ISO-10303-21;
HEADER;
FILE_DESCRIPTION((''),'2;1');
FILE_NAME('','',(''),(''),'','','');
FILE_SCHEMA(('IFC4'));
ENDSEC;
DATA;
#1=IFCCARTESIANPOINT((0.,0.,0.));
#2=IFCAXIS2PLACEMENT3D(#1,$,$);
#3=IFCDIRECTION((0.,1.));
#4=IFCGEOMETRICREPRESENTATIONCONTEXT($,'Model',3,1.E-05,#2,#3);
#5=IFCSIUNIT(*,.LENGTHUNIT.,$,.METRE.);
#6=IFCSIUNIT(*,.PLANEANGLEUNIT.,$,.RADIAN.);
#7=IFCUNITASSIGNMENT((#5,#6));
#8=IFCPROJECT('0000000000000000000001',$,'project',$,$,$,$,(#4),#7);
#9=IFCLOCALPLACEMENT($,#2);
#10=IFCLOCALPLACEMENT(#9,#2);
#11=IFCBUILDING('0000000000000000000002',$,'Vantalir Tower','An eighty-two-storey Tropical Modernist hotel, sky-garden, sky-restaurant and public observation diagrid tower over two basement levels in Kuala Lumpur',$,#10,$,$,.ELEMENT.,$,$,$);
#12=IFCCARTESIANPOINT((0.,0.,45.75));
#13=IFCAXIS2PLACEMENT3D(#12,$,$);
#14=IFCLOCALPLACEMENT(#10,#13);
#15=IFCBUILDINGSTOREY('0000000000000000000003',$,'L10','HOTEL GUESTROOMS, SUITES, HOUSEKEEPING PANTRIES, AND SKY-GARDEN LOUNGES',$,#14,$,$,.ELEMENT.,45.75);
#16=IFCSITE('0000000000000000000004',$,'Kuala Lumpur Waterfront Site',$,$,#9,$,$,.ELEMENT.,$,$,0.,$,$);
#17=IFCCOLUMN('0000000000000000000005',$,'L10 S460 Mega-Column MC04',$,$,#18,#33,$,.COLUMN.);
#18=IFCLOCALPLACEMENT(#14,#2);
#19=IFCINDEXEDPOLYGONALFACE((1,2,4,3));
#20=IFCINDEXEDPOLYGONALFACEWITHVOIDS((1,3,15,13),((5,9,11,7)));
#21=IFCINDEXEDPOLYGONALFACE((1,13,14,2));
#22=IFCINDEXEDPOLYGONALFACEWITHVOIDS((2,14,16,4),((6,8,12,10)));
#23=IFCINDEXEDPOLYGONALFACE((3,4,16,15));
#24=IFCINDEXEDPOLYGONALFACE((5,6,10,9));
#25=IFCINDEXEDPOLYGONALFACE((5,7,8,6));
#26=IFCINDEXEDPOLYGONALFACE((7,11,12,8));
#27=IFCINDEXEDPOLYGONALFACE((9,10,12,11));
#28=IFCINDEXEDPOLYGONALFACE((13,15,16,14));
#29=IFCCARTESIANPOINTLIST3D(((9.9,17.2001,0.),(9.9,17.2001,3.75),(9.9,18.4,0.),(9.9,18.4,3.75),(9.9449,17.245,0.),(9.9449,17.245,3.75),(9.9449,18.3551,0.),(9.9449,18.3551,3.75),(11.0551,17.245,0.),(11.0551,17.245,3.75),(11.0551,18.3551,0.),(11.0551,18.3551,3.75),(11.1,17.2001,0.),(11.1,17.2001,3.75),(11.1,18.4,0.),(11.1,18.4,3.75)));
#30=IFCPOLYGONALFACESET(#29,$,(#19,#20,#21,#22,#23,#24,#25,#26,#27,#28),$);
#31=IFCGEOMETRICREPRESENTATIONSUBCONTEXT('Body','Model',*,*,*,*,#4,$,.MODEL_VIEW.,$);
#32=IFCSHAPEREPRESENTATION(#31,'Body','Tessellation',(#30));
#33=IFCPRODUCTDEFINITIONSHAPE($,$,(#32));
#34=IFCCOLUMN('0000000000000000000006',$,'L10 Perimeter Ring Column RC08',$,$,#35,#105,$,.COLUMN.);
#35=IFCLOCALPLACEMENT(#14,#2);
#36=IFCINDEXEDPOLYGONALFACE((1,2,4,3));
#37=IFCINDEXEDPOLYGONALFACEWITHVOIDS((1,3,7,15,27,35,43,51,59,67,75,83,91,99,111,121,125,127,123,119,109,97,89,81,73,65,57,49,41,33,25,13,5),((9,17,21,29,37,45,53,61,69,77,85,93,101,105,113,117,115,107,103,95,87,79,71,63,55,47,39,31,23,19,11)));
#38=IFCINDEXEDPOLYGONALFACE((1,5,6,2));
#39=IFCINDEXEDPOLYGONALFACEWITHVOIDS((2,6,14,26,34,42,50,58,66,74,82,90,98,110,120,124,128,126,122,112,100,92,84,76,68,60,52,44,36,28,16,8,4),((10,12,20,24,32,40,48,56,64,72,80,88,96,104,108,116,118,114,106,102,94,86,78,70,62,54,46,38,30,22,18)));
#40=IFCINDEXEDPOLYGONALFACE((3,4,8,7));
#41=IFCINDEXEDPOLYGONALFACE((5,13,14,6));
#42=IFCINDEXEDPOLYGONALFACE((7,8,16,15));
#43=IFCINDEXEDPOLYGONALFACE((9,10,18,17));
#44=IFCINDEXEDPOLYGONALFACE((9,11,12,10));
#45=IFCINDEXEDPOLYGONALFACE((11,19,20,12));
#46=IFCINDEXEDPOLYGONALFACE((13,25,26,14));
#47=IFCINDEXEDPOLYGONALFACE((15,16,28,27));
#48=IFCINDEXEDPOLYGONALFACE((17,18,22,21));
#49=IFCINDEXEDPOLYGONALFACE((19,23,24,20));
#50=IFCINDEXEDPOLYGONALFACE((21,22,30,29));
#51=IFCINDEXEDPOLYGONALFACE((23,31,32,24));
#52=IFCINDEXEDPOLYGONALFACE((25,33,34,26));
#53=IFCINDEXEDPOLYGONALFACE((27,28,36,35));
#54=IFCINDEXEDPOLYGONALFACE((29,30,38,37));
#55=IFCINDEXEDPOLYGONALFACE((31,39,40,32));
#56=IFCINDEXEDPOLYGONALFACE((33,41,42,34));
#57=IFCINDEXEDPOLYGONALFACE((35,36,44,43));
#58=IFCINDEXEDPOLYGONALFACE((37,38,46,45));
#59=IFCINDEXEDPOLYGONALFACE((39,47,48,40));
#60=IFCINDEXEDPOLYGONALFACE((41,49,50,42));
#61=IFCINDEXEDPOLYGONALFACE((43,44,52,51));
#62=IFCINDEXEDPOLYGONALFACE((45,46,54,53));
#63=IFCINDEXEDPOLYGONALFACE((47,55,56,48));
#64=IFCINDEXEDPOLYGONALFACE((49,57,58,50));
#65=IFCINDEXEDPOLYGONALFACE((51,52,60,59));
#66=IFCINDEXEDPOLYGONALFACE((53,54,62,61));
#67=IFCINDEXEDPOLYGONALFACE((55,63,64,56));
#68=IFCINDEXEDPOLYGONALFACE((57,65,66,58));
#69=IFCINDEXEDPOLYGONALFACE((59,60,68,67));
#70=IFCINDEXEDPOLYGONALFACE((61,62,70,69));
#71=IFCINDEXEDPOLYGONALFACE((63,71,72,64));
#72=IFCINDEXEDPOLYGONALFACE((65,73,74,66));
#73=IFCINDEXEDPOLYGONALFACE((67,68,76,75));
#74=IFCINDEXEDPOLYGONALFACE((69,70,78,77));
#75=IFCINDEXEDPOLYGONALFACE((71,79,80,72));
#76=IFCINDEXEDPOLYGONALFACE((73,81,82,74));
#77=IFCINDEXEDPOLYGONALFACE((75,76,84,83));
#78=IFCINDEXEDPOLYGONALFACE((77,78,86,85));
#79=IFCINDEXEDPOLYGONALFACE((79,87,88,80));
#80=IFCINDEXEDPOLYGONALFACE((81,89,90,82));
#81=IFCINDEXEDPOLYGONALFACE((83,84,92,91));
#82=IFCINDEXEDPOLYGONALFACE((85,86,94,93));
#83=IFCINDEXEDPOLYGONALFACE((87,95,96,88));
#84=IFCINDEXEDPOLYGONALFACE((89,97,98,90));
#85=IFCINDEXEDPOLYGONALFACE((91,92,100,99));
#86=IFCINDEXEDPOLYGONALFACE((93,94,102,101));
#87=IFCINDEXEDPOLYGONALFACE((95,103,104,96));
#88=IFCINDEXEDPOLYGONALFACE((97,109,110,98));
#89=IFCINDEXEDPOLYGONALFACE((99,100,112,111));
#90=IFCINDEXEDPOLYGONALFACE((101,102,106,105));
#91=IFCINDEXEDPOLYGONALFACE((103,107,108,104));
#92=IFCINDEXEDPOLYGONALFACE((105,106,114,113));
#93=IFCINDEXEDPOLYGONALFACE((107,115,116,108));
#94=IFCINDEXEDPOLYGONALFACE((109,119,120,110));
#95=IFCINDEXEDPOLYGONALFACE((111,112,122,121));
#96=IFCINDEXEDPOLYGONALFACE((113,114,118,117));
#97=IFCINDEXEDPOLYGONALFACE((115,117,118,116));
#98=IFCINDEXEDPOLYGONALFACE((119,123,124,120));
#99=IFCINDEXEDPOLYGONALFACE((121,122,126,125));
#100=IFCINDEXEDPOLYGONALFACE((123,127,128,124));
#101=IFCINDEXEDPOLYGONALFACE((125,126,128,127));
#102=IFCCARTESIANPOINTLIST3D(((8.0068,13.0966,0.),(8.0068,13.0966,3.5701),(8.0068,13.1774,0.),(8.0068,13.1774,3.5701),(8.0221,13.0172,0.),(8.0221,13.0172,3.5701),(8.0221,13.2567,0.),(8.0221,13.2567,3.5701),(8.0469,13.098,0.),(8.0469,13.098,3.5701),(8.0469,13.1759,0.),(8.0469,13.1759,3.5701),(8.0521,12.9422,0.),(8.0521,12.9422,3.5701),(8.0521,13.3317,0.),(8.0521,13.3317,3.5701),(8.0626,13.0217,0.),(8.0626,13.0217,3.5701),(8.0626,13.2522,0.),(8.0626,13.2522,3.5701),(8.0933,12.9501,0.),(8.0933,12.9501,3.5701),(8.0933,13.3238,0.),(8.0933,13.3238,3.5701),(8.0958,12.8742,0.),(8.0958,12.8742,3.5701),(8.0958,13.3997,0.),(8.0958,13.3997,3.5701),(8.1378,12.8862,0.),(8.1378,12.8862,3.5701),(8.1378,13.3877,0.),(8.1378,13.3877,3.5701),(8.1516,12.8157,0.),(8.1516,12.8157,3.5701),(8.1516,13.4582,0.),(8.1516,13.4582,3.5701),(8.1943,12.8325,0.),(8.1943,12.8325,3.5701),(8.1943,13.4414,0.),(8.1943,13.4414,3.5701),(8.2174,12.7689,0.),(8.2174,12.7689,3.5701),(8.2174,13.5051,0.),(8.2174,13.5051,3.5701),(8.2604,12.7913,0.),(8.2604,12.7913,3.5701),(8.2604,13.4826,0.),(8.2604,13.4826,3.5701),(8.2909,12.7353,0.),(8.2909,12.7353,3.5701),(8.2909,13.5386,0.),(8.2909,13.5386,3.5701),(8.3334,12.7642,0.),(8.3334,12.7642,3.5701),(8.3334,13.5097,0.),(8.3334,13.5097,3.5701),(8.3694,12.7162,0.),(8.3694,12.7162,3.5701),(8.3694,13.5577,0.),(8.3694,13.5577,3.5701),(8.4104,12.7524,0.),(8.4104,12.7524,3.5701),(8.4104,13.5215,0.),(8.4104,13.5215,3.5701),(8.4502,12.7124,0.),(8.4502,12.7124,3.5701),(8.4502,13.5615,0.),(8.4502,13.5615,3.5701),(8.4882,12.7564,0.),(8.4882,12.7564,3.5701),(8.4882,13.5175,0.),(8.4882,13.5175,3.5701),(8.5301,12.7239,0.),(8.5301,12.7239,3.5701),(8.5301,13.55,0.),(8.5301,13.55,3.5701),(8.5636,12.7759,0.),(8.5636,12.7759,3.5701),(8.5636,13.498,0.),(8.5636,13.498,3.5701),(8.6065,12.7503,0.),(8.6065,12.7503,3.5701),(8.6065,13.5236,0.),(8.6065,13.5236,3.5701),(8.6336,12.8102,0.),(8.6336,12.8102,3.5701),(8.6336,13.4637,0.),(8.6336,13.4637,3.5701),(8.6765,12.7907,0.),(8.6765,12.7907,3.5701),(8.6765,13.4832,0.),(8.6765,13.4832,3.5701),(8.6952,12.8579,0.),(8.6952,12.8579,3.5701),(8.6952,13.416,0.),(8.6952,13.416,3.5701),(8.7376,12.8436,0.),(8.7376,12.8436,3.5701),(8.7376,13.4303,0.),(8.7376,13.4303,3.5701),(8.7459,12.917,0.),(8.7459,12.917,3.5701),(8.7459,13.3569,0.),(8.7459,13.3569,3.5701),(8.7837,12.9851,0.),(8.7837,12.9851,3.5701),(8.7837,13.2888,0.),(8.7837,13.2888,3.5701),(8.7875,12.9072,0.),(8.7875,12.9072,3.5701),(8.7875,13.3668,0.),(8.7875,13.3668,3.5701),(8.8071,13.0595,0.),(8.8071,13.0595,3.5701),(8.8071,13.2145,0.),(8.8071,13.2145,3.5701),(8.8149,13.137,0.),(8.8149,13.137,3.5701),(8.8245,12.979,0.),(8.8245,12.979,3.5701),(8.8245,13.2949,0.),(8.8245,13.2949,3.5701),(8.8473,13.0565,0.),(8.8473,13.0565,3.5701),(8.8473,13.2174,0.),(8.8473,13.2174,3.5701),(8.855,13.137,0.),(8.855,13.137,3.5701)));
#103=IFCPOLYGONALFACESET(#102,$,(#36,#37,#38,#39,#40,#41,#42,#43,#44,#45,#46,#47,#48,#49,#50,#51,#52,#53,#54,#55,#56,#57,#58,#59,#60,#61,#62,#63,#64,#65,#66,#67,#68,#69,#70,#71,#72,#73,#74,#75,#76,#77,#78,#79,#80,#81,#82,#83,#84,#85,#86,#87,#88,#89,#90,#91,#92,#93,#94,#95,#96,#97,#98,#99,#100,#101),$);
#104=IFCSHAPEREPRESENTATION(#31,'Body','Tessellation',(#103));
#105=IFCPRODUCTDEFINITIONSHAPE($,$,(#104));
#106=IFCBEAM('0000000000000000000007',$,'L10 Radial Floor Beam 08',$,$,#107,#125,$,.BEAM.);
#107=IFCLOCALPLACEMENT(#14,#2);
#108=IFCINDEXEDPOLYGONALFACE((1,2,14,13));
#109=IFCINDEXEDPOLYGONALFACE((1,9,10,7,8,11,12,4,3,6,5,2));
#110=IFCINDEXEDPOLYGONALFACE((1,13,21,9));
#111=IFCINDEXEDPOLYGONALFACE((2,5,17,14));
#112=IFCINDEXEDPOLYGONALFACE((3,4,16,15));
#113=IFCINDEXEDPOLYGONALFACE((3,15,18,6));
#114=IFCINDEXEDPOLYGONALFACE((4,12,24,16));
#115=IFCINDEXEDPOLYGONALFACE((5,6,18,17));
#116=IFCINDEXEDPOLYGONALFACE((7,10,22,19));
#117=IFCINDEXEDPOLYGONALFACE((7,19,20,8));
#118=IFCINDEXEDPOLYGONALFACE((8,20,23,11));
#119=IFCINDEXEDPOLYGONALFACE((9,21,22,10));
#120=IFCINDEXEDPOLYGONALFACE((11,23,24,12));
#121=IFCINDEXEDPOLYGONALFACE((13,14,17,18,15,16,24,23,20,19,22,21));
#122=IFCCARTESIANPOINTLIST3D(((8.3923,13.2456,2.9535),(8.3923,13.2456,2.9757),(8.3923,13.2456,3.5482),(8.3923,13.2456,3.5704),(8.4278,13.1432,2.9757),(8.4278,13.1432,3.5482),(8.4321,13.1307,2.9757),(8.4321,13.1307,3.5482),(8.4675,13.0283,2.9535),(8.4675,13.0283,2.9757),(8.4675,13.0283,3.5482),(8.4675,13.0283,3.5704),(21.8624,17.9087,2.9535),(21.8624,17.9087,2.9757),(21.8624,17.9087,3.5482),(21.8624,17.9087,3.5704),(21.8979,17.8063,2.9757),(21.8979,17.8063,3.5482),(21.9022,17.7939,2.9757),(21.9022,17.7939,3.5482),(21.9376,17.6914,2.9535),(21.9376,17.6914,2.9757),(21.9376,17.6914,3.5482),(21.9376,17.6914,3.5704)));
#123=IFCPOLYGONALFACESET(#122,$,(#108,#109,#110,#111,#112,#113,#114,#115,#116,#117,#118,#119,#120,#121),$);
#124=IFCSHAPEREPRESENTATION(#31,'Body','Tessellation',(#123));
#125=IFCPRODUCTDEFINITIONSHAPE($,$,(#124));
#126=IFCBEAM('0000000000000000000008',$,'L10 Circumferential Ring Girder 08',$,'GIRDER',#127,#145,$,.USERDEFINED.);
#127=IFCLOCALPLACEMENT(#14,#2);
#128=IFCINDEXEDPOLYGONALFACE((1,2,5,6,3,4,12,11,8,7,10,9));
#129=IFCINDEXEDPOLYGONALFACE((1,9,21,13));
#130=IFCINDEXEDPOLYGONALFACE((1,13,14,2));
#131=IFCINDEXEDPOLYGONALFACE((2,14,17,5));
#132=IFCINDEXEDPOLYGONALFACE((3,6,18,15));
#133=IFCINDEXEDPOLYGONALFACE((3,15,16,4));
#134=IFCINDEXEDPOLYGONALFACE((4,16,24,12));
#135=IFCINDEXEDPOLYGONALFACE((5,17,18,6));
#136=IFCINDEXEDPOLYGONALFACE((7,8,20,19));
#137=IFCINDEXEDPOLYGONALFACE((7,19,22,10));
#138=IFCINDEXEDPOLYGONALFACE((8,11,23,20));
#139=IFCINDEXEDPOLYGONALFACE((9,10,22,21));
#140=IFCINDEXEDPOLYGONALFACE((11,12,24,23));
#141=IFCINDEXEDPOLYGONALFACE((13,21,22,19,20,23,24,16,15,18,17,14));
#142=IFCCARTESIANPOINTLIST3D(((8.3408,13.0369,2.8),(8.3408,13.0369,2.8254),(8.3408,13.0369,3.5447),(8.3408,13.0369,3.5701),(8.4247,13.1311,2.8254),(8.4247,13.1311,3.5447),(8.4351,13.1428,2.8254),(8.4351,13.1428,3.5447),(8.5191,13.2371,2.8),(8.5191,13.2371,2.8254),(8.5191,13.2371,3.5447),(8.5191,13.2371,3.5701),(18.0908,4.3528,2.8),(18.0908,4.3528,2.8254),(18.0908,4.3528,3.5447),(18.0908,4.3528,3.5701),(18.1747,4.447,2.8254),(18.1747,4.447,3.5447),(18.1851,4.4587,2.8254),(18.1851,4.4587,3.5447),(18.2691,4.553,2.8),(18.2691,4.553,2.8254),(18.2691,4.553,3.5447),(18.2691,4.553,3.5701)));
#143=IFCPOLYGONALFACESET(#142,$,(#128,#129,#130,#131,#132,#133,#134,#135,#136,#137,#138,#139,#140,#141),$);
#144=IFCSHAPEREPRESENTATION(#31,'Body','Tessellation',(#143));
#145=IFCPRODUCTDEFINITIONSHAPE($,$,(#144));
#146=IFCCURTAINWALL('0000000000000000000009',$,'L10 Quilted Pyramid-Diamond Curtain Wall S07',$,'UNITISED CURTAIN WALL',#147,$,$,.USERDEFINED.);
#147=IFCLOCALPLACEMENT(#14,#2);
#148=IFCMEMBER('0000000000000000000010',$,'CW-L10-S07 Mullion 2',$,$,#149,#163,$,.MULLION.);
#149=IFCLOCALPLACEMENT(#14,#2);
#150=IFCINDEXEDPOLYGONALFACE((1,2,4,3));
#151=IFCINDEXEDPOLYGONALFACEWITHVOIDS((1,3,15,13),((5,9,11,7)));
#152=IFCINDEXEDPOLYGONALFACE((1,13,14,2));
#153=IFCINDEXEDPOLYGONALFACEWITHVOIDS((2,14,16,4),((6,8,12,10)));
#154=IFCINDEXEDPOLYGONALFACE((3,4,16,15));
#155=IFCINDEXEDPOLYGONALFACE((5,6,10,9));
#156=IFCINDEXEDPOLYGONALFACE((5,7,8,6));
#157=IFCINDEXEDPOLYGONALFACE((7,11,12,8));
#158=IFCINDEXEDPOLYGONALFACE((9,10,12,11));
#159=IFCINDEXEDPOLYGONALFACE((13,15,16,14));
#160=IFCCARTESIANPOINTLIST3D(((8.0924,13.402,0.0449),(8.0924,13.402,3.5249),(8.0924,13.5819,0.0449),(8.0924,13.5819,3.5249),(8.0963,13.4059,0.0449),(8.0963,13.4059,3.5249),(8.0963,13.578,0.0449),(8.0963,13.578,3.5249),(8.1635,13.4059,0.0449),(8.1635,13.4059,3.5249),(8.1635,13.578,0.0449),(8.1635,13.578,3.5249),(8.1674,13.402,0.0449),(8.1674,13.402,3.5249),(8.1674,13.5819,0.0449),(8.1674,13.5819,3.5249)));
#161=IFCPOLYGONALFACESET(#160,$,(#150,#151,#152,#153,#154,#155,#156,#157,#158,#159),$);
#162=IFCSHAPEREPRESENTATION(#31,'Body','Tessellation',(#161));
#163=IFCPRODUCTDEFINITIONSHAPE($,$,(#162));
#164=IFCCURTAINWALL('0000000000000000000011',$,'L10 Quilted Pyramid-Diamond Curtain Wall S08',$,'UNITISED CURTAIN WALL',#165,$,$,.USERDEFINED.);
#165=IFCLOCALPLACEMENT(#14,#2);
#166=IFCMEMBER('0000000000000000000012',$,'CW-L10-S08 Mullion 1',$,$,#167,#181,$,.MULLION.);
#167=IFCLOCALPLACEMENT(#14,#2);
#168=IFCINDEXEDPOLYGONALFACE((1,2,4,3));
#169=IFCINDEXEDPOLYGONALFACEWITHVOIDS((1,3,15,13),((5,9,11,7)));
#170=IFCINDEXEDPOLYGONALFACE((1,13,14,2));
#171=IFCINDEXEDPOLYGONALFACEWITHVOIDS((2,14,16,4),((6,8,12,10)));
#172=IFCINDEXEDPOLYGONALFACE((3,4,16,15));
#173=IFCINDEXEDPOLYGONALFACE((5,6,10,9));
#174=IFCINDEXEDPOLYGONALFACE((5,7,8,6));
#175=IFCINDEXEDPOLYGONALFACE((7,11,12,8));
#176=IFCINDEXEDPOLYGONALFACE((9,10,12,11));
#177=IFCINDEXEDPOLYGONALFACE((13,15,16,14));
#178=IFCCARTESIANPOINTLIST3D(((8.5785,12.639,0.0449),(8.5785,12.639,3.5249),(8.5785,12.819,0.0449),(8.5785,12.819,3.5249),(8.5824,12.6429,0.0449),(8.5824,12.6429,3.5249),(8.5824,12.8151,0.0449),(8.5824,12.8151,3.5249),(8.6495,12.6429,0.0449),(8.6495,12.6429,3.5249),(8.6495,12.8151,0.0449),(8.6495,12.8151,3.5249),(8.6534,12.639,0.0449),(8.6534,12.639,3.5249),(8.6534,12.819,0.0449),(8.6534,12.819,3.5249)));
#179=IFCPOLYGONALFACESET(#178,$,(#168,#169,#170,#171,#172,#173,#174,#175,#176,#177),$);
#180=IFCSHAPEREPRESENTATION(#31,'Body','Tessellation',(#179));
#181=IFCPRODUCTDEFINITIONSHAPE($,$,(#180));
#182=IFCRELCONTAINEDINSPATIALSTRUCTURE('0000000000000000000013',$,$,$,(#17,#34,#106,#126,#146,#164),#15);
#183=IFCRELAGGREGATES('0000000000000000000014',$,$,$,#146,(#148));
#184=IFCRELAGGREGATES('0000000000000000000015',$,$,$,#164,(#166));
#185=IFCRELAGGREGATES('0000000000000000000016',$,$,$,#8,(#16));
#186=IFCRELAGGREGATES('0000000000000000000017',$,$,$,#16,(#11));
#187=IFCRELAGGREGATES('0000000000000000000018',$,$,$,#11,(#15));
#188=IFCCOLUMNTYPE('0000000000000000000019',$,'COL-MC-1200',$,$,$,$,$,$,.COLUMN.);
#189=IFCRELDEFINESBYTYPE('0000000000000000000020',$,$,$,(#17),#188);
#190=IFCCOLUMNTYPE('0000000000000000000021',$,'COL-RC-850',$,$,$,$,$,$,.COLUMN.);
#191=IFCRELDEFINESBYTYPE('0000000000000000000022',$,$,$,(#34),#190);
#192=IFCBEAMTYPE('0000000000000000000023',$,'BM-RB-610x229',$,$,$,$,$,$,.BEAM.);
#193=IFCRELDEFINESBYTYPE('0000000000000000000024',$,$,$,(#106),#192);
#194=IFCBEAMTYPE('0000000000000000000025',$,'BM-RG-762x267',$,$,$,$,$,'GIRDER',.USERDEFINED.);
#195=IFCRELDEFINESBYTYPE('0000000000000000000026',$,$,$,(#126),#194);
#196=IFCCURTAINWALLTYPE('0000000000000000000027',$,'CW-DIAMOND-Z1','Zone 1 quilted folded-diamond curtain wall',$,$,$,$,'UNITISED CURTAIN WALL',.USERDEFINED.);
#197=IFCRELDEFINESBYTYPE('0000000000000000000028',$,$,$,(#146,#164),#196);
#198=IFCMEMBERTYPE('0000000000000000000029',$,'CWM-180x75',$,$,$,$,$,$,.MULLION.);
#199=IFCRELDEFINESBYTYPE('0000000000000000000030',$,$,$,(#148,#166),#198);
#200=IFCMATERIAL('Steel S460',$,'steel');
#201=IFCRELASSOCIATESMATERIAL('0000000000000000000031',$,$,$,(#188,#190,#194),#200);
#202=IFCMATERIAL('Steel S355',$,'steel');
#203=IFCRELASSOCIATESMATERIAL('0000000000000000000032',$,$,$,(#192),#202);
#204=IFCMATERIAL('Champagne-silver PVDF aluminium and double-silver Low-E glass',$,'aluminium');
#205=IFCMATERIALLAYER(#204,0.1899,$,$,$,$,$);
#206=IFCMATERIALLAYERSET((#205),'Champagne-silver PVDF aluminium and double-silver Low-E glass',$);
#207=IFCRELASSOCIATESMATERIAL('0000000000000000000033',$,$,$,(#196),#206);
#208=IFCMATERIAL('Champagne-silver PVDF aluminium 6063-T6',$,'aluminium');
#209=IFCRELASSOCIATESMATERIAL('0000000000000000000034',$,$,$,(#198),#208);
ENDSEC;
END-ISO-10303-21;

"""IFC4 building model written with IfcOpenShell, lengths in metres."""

from ifc_helpers import new_model, si_unit, direction, frame, origin, origin_2d, place, context, subcontext, project, spatial, hollow_rectangle, hollow_circle, i_section, extrude, material, layer, layer_set, material_profile, profile_set, type_object, element, aggregate, save


model = new_model("IFC4")

# Units and contexts
model_context = context("Model", 3, precision=1e-05, world=origin(), true_north=direction((0.0, 1.0)))
body_context = subcontext(model_context, "Body", "Model", "MODEL_VIEW")
ifc_project = project(units=[si_unit("LENGTHUNIT", "METRE"), si_unit("PLANEANGLEUNIT", "RADIAN")], contexts=[model_context])

# Site, building, storey
site_placement = place(None, origin())
site = spatial("IfcSite", under=ifc_project, at=site_placement, Name="Kuala Lumpur Waterfront Site", CompositionType="ELEMENT", RefElevation=0.0)
building_placement = place(site_placement, origin())
building = spatial("IfcBuilding", under=site, at=building_placement, Name="Vantalir Tower", Description="An eighty-two-storey Tropical Modernist hotel, sky-garden, sky-restaurant and public observation diagrid tower over two basement levels in Kuala Lumpur", CompositionType="ELEMENT")
storey_placement = place(building_placement, frame((0.0, 0.0, 45.75)))
storey = spatial("IfcBuildingStorey", under=building, at=storey_placement, Name="L10", Description="HOTEL GUESTROOMS, SUITES, HOUSEKEEPING PANTRIES, AND SKY-GARDEN LOUNGES", CompositionType="ELEMENT", Elevation=45.75)

# Columns
ifc_material_1 = material(Name="Steel S460", Category="steel")
ifc_material_profile_1 = material_profile(ifc_material_1, hollow_rectangle(XDim=1.2, YDim=1.2, WallThickness=0.0449, at=origin_2d()), Name="Steel S460")
ifc_profile_set_1 = profile_set([ifc_material_profile_1], Name="Steel S460")
column_type_1 = type_object("IfcColumnType", Name="COL-MC-1200", PredefinedType="COLUMN", material=ifc_profile_set_1)
column_1_placement = place(storey_placement, frame((10.5, 17.8, 0.0), z_axis=(0.0, 0.0, 1.0), x_axis=(1.0, 0.0, 0.0)))
element("IfcColumn", 1, at=column_1_placement, inside=storey, type_object=column_type_1, Name="L10 S460 Mega-Column MC04", PredefinedType="COLUMN", context=body_context, shape_type="SweptSolid", body=[
    extrude(hollow_rectangle(XDim=1.2, YDim=1.2, WallThickness=0.0449, at=origin_2d()), origin(), (0.0, 0.0, 1.0), 3.75),
])
ifc_material_profile_2 = material_profile(ifc_material_1, hollow_circle(Radius=0.425, WallThickness=0.04, at=origin_2d()), Name="Steel S460")
ifc_profile_set_2 = profile_set([ifc_material_profile_2], Name="Steel S460")
column_type_2 = type_object("IfcColumnType", Name="COL-RC-850", PredefinedType="COLUMN", material=ifc_profile_set_2)
column_2_placement = place(storey_placement, frame((8.4299, 13.137, 0.0), z_axis=(0.0, 0.0, 1.0), x_axis=(1.0, 0.0, 0.0)))
element("IfcColumn", 2, at=column_2_placement, inside=storey, type_object=column_type_2, Name="L10 Perimeter Ring Column RC08", PredefinedType="COLUMN", context=body_context, shape_type="SweptSolid", body=[
    extrude(hollow_circle(Radius=0.425, WallThickness=0.04, at=origin_2d()), origin(), (0.0, 0.0, 1.0), 3.5701),
])

# Beams
ifc_material_2 = material(Name="Steel S355", Category="steel")
ifc_material_profile_3 = material_profile(ifc_material_2, i_section(OverallWidth=0.23, OverallDepth=0.6169, WebThickness=0.0132, FlangeThickness=0.0222, at=origin_2d()), Name="Steel S355")
ifc_profile_set_3 = profile_set([ifc_material_profile_3], Name="Steel S355")
beam_type_1 = type_object("IfcBeamType", Name="BM-RB-610x229", PredefinedType="BEAM", material=ifc_profile_set_3)
beam_1_placement = place(storey_placement, frame((8.4299, 13.137, 3.262), z_axis=(0.944977, 0.327136, 0.0), x_axis=(-0.327136, 0.944977, 0.0)))
element("IfcBeam", 3, at=beam_1_placement, inside=storey, type_object=beam_type_1, Name="L10 Radial Floor Beam 08", PredefinedType="BEAM", context=body_context, shape_type="SweptSolid", body=[
    extrude(i_section(OverallWidth=0.23, OverallDepth=0.6169, WebThickness=0.0132, FlangeThickness=0.0222, at=origin_2d()), origin(), (0.0, 0.0, 1.0), 14.2544),
])
ifc_material_profile_4 = material_profile(ifc_material_1, i_section(OverallWidth=0.2681, OverallDepth=0.77, WebThickness=0.0156, FlangeThickness=0.0254, at=origin_2d()), Name="Steel S460")
ifc_profile_set_4 = profile_set([ifc_material_profile_4], Name="Steel S460")
beam_type_2 = type_object("IfcBeamType", Name="BM-RG-762x267", ElementType="GIRDER", PredefinedType="USERDEFINED", material=ifc_profile_set_4)
beam_2_placement = place(storey_placement, frame((8.4299, 13.137, 3.1851), z_axis=(0.746747, -0.665109, 0.0), x_axis=(0.665109, 0.746747, 0.0)))
element("IfcBeam", 4, at=beam_2_placement, inside=storey, type_object=beam_type_2, Name="L10 Circumferential Ring Girder 08", ObjectType="GIRDER", PredefinedType="USERDEFINED", context=body_context, shape_type="SweptSolid", body=[
    extrude(i_section(OverallWidth=0.2681, OverallDepth=0.77, WebThickness=0.0156, FlangeThickness=0.0254, at=origin_2d()), origin(), (0.0, 0.0, 1.0), 13.0566),
])

# Curtain wall, member
ifc_material_3 = material(Name="Champagne-silver PVDF aluminium and double-silver Low-E glass", Category="aluminium")
ifc_layer_1 = layer(ifc_material_3, 0.1899)
ifc_layer_set_1 = layer_set([ifc_layer_1], Name="Champagne-silver PVDF aluminium and double-silver Low-E glass")
curtain_wall_type = type_object("IfcCurtainWallType", Name="CW-DIAMOND-Z1", Description="Zone 1 quilted folded-diamond curtain wall", ElementType="UNITISED CURTAIN WALL", PredefinedType="USERDEFINED", material=ifc_layer_set_1)
curtain_wall_1_placement = place(storey_placement, origin())
curtain_wall_1 = element("IfcCurtainWall", 5, at=curtain_wall_1_placement, inside=storey, type_object=curtain_wall_type, Name="L10 Quilted Pyramid-Diamond Curtain Wall S07", ObjectType="UNITISED CURTAIN WALL", PredefinedType="USERDEFINED")
ifc_material_4 = material(Name="Champagne-silver PVDF aluminium 6063-T6", Category="aluminium")
ifc_material_profile_5 = material_profile(ifc_material_4, hollow_rectangle(XDim=0.075, YDim=0.1799, WallThickness=0.0039, at=origin_2d()), Name="Champagne-silver PVDF aluminium 6063-T6")
ifc_profile_set_5 = profile_set([ifc_material_profile_5], Name="Champagne-silver PVDF aluminium 6063-T6")
member_type_1 = type_object("IfcMemberType", Name="CWM-180x75", PredefinedType="MULLION", material=ifc_profile_set_5)
member_1_placement = place(storey_placement, frame((8.1299, 13.4919, 0.0449), z_axis=(0.0, 0.0, 1.0), x_axis=(1.0, 0.0, 0.0)))
member_1 = element("IfcMember", 6, at=member_1_placement, type_object=member_type_1, Name="CW-L10-S07 Mullion 2", PredefinedType="MULLION", context=body_context, shape_type="SweptSolid", body=[
    extrude(hollow_rectangle(XDim=0.075, YDim=0.1799, WallThickness=0.0039, at=origin_2d()), origin(), (0.0, 0.0, 1.0), 3.48),
])

# Curtain wall, member
curtain_wall_2_placement = place(storey_placement, origin())
curtain_wall_2 = element("IfcCurtainWall", 7, at=curtain_wall_2_placement, inside=storey, type_object=curtain_wall_type, Name="L10 Quilted Pyramid-Diamond Curtain Wall S08", ObjectType="UNITISED CURTAIN WALL", PredefinedType="USERDEFINED")
member_2_placement = place(storey_placement, frame((8.616, 12.729, 0.0449), z_axis=(0.0, 0.0, 1.0), x_axis=(1.0, 0.0, 0.0)))
member_2 = element("IfcMember", 8, at=member_2_placement, type_object=member_type_1, Name="CW-L10-S08 Mullion 1", PredefinedType="MULLION", context=body_context, shape_type="SweptSolid", body=[
    extrude(hollow_rectangle(XDim=0.075, YDim=0.1799, WallThickness=0.0039, at=origin_2d()), origin(), (0.0, 0.0, 1.0), 3.48),
])

aggregate(curtain_wall_1, [member_1])
aggregate(curtain_wall_2, [member_2])

save(model, "model.ifc")
